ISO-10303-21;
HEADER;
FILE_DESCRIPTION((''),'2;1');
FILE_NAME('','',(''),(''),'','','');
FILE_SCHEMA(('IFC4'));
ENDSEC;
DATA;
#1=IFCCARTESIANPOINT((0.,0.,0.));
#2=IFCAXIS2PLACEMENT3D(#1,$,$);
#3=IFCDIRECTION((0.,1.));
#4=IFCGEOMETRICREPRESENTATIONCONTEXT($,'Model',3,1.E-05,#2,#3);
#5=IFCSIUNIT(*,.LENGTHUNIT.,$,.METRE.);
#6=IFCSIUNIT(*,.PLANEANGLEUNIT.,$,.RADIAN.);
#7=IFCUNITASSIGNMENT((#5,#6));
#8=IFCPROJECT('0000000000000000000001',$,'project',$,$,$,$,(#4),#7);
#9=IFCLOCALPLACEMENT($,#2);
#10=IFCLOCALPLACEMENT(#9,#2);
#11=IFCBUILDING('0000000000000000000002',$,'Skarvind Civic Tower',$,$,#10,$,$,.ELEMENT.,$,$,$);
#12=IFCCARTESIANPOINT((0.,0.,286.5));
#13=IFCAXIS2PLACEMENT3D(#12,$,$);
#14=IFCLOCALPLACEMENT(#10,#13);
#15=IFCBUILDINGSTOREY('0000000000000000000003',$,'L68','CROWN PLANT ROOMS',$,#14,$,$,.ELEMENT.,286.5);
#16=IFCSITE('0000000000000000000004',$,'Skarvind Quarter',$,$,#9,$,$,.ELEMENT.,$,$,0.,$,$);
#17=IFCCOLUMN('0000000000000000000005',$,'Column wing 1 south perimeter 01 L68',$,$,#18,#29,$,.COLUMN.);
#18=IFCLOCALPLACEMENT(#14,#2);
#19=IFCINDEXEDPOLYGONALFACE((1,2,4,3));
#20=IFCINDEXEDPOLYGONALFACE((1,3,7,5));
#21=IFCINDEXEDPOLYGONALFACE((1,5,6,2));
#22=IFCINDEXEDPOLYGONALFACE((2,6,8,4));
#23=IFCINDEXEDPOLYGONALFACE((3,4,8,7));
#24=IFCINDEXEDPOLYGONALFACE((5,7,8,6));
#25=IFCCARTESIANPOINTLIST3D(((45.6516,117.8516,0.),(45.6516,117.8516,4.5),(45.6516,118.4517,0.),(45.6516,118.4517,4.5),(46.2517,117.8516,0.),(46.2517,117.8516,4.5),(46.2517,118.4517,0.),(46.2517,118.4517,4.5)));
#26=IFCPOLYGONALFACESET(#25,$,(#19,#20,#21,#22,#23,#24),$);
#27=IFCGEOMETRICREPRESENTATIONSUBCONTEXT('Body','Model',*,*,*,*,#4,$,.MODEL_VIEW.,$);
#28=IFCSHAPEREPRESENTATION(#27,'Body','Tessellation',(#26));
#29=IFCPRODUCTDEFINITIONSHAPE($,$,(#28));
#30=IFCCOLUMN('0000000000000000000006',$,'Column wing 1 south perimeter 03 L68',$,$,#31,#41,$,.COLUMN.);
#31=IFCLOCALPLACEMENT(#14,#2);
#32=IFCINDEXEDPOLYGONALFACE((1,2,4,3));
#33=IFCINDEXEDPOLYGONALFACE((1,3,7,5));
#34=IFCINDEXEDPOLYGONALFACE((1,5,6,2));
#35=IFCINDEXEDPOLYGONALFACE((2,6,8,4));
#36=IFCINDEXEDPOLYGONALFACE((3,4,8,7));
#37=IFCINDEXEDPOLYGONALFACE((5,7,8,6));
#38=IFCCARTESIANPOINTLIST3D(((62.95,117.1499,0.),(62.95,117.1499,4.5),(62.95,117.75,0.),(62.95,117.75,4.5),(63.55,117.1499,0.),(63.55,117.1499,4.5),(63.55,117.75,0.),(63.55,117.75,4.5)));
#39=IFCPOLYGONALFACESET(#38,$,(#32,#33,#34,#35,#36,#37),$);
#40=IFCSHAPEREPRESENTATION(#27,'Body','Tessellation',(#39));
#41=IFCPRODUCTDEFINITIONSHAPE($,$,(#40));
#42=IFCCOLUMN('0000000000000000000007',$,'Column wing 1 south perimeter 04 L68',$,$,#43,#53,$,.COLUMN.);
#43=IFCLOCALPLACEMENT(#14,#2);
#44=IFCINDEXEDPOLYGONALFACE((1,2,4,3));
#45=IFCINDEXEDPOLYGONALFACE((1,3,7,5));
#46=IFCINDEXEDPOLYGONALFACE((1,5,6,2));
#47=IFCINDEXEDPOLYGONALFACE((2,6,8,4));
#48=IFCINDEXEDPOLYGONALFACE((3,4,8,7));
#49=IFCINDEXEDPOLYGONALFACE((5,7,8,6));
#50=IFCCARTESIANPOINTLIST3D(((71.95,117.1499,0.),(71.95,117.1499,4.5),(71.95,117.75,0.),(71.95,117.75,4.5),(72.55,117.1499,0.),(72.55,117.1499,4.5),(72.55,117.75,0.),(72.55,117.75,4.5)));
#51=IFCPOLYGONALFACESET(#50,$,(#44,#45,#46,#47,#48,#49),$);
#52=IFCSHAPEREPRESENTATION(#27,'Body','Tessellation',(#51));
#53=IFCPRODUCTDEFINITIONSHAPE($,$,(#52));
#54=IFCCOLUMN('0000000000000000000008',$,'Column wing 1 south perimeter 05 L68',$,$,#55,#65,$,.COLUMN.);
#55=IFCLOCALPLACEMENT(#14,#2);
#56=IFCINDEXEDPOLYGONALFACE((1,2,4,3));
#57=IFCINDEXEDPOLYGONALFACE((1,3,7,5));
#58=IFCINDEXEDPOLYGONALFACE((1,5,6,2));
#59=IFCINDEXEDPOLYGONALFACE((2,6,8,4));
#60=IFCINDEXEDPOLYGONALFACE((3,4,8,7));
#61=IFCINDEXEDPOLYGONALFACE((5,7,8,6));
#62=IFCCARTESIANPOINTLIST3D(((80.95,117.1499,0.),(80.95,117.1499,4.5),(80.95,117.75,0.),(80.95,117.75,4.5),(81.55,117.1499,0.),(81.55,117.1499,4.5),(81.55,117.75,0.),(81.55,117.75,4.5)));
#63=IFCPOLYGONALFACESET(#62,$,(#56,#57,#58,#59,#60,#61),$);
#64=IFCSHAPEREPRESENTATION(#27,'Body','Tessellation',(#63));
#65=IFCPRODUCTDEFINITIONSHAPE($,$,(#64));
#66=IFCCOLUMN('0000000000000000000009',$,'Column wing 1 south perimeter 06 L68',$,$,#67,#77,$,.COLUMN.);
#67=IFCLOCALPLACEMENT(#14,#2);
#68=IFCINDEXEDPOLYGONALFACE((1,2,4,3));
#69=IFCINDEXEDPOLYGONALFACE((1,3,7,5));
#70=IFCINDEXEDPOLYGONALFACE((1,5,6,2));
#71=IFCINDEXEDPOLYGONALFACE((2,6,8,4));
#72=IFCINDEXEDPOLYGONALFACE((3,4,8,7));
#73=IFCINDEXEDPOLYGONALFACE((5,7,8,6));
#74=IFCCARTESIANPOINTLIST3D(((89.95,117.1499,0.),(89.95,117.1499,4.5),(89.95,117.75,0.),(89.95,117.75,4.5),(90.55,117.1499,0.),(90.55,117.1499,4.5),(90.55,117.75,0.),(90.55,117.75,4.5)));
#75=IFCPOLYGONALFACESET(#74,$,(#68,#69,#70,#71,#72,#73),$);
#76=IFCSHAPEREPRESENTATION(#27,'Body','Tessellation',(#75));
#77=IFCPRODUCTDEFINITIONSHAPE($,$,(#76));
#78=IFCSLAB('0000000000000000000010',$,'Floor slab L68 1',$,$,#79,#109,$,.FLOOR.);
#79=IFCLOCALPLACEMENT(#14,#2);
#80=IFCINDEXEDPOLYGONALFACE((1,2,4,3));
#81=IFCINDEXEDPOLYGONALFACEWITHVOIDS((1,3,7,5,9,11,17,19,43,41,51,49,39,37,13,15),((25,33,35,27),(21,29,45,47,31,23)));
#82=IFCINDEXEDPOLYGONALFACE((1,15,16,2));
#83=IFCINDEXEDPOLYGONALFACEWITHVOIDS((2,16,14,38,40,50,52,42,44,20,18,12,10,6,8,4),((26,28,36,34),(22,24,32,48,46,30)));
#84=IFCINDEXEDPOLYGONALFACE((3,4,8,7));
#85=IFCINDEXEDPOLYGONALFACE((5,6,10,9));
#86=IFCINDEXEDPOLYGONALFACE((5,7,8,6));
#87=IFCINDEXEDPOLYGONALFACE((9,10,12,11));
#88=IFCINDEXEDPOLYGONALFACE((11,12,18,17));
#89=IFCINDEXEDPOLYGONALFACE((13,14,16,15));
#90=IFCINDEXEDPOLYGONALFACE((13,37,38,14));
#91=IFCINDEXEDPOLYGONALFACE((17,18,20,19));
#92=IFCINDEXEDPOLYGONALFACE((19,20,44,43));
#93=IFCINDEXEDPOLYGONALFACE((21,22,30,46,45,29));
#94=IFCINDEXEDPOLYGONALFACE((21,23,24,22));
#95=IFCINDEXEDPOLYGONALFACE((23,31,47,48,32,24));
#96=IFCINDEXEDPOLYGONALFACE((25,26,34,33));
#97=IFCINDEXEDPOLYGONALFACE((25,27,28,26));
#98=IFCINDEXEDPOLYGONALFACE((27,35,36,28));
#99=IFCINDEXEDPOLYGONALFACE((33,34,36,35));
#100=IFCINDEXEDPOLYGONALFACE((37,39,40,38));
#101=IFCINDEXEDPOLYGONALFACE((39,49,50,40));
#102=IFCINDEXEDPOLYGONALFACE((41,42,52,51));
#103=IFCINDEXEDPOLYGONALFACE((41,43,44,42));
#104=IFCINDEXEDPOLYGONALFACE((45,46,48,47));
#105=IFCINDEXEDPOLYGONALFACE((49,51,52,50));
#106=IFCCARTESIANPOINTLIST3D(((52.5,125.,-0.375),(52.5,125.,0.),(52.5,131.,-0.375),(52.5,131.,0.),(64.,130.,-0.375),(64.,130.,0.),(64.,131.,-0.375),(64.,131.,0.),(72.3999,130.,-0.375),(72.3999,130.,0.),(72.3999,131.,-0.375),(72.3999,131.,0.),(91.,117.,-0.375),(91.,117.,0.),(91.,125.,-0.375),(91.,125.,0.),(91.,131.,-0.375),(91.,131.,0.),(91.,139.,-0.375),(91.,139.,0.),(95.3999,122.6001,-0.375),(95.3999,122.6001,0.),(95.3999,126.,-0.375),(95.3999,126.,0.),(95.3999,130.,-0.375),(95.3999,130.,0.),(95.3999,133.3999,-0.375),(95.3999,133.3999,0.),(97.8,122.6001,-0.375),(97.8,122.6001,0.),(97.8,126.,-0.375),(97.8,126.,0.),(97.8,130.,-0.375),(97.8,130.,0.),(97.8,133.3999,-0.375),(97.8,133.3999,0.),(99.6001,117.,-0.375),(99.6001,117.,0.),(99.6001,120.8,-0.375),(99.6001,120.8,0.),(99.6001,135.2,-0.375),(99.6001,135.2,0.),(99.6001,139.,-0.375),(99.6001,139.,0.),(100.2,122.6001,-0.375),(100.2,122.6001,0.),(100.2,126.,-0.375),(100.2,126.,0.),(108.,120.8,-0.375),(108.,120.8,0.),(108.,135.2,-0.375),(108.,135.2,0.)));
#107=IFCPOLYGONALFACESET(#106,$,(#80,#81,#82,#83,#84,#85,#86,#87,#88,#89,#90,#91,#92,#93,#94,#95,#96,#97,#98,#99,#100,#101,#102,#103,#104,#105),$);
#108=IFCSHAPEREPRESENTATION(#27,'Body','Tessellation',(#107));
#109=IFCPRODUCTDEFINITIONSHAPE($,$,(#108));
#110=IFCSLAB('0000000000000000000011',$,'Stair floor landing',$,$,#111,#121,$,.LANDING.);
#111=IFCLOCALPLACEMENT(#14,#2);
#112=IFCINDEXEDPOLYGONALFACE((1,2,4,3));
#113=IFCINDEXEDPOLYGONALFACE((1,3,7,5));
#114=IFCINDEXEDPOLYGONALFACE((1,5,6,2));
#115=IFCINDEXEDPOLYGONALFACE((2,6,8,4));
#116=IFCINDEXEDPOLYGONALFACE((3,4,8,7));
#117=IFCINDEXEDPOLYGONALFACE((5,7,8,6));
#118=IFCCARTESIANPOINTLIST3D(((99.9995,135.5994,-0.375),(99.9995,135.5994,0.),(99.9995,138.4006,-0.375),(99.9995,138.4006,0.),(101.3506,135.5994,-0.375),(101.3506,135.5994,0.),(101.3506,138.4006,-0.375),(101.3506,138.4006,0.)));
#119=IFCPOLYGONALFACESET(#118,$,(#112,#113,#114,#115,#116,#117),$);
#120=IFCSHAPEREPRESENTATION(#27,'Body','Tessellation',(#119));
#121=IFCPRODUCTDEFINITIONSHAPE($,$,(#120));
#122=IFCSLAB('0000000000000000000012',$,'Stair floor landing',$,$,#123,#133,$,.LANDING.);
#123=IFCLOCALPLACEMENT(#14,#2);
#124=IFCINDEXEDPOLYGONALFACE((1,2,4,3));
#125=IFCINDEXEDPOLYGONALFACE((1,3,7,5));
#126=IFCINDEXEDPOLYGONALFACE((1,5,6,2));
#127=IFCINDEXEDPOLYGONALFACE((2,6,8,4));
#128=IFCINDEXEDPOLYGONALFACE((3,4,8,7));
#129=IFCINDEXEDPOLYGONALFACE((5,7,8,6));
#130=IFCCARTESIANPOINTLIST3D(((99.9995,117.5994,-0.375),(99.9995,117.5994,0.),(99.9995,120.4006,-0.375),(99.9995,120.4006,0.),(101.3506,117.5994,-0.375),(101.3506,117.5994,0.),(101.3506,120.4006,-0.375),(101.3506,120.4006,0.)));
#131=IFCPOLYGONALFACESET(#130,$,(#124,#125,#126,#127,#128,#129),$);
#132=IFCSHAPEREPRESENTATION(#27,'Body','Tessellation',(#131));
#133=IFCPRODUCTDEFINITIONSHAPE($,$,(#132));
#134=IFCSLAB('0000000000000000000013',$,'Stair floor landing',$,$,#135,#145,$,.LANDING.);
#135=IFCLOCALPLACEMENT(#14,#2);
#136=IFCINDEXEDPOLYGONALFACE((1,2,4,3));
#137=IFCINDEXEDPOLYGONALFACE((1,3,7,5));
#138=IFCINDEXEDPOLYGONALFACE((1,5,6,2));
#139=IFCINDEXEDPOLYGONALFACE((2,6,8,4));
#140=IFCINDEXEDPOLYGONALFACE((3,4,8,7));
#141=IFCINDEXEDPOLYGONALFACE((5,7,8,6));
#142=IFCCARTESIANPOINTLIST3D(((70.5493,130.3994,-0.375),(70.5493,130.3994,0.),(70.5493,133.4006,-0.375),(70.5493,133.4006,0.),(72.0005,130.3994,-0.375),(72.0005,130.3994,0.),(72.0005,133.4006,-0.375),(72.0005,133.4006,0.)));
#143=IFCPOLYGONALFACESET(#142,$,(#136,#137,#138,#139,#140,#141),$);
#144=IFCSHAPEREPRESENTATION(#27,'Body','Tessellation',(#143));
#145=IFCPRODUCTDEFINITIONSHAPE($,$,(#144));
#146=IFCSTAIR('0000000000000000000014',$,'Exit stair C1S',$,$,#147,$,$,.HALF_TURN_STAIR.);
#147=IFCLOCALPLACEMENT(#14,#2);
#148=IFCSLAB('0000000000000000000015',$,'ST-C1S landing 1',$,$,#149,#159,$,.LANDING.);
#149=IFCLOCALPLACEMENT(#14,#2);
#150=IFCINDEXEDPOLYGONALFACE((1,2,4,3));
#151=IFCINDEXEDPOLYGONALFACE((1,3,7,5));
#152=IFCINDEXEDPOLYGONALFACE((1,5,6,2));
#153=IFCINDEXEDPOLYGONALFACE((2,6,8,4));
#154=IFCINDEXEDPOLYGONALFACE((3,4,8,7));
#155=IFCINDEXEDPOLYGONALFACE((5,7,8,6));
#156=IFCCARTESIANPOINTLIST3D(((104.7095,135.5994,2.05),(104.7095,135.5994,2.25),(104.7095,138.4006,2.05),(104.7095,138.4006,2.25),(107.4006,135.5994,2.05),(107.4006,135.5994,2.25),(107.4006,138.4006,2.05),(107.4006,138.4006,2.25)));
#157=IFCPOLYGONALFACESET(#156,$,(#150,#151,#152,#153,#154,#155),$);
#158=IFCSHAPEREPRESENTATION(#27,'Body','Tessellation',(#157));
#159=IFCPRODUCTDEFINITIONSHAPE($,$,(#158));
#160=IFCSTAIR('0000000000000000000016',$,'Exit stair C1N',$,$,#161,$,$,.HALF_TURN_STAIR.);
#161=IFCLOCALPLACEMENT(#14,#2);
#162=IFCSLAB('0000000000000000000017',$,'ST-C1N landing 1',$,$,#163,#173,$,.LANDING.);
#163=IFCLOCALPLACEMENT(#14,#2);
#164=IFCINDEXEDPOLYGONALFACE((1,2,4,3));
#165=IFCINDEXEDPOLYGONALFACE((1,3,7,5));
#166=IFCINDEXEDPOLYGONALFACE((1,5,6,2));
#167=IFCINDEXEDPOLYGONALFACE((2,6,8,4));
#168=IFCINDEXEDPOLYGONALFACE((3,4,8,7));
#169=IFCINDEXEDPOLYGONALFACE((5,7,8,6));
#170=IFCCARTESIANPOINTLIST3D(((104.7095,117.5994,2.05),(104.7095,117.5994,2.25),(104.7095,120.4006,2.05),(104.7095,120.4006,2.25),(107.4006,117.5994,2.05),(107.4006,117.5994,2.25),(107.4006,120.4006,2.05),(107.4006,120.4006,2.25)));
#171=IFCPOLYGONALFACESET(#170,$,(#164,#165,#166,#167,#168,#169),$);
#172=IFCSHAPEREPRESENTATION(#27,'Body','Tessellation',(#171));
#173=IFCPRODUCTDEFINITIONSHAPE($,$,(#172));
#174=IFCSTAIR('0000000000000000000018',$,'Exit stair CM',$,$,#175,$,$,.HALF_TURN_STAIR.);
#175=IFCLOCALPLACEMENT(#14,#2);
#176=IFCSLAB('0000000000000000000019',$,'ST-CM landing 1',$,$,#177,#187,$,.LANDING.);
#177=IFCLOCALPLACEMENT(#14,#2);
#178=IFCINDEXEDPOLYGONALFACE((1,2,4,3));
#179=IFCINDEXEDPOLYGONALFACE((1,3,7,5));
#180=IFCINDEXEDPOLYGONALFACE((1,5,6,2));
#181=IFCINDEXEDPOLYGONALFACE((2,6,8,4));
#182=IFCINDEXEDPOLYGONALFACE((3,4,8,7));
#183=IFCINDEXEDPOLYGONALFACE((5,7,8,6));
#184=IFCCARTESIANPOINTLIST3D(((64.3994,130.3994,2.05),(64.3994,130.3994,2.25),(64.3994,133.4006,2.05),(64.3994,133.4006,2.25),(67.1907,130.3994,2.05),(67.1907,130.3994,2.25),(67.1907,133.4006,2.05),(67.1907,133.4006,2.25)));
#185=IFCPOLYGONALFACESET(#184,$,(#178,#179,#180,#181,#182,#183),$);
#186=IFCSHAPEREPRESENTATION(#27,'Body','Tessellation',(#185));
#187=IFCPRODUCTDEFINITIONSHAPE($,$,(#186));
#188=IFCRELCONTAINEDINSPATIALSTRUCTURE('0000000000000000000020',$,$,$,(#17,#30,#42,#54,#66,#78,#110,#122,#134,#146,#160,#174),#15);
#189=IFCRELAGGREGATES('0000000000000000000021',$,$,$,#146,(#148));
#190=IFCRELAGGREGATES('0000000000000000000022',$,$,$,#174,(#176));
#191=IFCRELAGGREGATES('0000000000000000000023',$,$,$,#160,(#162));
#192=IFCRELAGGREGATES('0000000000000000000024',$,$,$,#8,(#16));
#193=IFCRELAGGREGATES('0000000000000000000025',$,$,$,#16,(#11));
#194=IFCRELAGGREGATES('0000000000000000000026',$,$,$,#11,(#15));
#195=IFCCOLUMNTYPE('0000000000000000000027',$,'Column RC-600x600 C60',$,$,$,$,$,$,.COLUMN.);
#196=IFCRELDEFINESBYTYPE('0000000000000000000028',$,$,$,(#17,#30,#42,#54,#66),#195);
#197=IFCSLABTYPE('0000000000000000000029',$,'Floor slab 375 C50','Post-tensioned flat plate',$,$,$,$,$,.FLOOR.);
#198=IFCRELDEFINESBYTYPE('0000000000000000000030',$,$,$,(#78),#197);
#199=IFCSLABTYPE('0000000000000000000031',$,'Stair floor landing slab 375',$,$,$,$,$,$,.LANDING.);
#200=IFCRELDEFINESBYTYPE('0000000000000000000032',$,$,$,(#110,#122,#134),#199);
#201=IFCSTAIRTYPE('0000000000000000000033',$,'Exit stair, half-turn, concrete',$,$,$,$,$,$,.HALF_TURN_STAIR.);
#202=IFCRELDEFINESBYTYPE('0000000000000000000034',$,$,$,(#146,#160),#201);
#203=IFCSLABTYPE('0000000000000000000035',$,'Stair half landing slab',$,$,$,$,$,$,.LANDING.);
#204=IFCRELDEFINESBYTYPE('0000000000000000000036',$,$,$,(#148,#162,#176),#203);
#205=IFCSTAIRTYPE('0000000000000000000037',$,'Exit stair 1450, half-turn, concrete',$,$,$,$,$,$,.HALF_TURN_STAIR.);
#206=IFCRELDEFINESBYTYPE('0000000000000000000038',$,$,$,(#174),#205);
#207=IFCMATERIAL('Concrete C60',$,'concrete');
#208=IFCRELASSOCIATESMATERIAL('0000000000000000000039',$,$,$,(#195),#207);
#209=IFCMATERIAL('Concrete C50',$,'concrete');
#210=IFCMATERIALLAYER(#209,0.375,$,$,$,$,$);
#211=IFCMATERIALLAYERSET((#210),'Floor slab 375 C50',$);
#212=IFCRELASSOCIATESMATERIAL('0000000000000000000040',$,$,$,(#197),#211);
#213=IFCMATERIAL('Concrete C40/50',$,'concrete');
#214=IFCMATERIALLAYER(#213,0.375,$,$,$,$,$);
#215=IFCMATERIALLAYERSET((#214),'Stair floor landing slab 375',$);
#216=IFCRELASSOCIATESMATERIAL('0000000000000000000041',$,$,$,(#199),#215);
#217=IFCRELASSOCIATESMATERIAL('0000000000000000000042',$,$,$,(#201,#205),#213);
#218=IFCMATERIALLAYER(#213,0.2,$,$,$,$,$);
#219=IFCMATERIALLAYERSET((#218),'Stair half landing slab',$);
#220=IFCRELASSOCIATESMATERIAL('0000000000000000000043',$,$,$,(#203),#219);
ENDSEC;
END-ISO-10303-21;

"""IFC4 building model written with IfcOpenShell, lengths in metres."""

from ifc_helpers import new_model, si_unit, direction, frame, origin, origin_2d, place, context, subcontext, project, spatial, polyline, rectangle, outline, extrude, material, layer, layer_set, material_profile, profile_set, type_object, element, aggregate, save


model = new_model("IFC4")

# Units and contexts
model_context = context("Model", 3, precision=1e-05, world=origin(), true_north=direction((0.0, 1.0)))
body_context = subcontext(model_context, "Body", "Model", "MODEL_VIEW")
ifc_project = project(units=[si_unit("LENGTHUNIT", "METRE"), si_unit("PLANEANGLEUNIT", "RADIAN")], contexts=[model_context])

# Site, building, storey
site_placement = place(None, origin())
site = spatial("IfcSite", under=ifc_project, at=site_placement, Name="Skarvind Quarter", CompositionType="ELEMENT", RefElevation=0.0)
building_placement = place(site_placement, origin())
building = spatial("IfcBuilding", under=site, at=building_placement, Name="Skarvind Civic Tower", CompositionType="ELEMENT")
storey_placement = place(building_placement, frame((0.0, 0.0, 286.5)))
storey = spatial("IfcBuildingStorey", under=building, at=storey_placement, Name="L68", Description="CROWN PLANT ROOMS", CompositionType="ELEMENT", Elevation=286.5)

# Columns
ifc_material_1 = material(Name="Concrete C60", Category="concrete")
ifc_material_profile = material_profile(ifc_material_1, rectangle(XDim=0.6001, YDim=0.6001, at=origin_2d()), Name="RC-600x600")
ifc_profile_set = profile_set([ifc_material_profile], Name="Concrete C60")
column_type = type_object("IfcColumnType", Name="Column RC-600x600 C60", PredefinedType="COLUMN", material=ifc_profile_set)
for number, where, z_axis, x_axis, name in (
    (1, (45.9517, 118.1516, 0.0), (0.0, 0.0, 1.0), (1.0, 0.0, 0.0), "Column wing 1 south perimeter 01 L68"),
    (2, (63.25, 117.45, 0.0), (0.0, 0.0, 1.0), (1.0, 0.0, 0.0), "Column wing 1 south perimeter 03 L68"),
    (3, (72.25, 117.45, 0.0), (0.0, 0.0, 1.0), (1.0, 0.0, 0.0), "Column wing 1 south perimeter 04 L68"),
    (4, (81.25, 117.45, 0.0), (0.0, 0.0, 1.0), (1.0, 0.0, 0.0), "Column wing 1 south perimeter 05 L68"),
    (5, (90.25, 117.45, 0.0), (0.0, 0.0, 1.0), (1.0, 0.0, 0.0), "Column wing 1 south perimeter 06 L68"),
):
    element("IfcColumn", number, at=place(storey_placement, frame(where, z_axis=z_axis, x_axis=x_axis)), inside=storey, type_object=column_type, Name=name, PredefinedType="COLUMN", context=body_context, shape_type="SweptSolid", body=[
        extrude(rectangle(XDim=0.6001, YDim=0.6001, at=origin_2d()), origin(), (0.0, 0.0, 1.0), 4.5),
    ])

# Slabs
ifc_material_2 = material(Name="Concrete C50", Category="concrete")
ifc_layer_1 = layer(ifc_material_2, 0.375)
ifc_layer_set_1 = layer_set([ifc_layer_1], Name="Floor slab 375 C50")
slab_type_1 = type_object("IfcSlabType", Name="Floor slab 375 C50", Description="Post-tensioned flat plate", PredefinedType="FLOOR", material=ifc_layer_set_1)
slab_1_placement = place(storey_placement, frame((0.0, 0.0, -0.375)))
element("IfcSlab", 6, at=slab_1_placement, inside=storey, type_object=slab_type_1, Name="Floor slab L68 1", PredefinedType="FLOOR", context=body_context, shape_type="SweptSolid", body=[
    extrude(outline(polyline([(99.6001, 117.0), (99.6001, 120.8), (108.0, 120.8), (108.0, 135.2), (99.6001, 135.2), (99.6001, 139.0), (91.0, 139.0), (91.0, 131.0), (72.3999, 131.0), (72.3999, 130.0), (64.0, 130.0), (64.0, 131.0), (52.5, 131.0), (52.5, 125.0), (91.0, 125.0), (91.0, 117.0), (99.6001, 117.0)]), holes=[polyline([(97.8, 126.0), (100.2, 126.0), (100.2, 122.6001), (97.8, 122.6001), (95.3999, 122.6001), (95.3999, 126.0), (97.8, 126.0)]), polyline([(95.3999, 130.0), (95.3999, 133.3999), (97.8, 133.3999), (97.8, 130.0), (95.3999, 130.0)])]), origin(), (0.0, 0.0, 1.0), 0.375),
])
ifc_material_3 = material(Name="Concrete C40/50", Category="concrete")
ifc_layer_2 = layer(ifc_material_3, 0.375)
ifc_layer_set_2 = layer_set([ifc_layer_2], Name="Stair floor landing slab 375")
slab_type_2 = type_object("IfcSlabType", Name="Stair floor landing slab 375", PredefinedType="LANDING", material=ifc_layer_set_2)
slab_2_placement = place(storey_placement, frame((0.0, 0.0, -0.375)))
element("IfcSlab", 7, at=slab_2_placement, inside=storey, type_object=slab_type_2, Name="Stair floor landing", PredefinedType="LANDING", context=body_context, shape_type="SweptSolid", body=[
    extrude(outline(polyline([(101.3506, 138.4006), (101.3506, 135.5994), (99.9995, 135.5994), (99.9995, 138.4006), (101.3506, 138.4006)])), origin(), (0.0, 0.0, 1.0), 0.375),
])
slab_3_placement = place(storey_placement, frame((0.0, 0.0, -0.375)))
element("IfcSlab", 8, at=slab_3_placement, inside=storey, type_object=slab_type_2, Name="Stair floor landing", PredefinedType="LANDING", context=body_context, shape_type="SweptSolid", body=[
    extrude(outline(polyline([(101.3506, 120.4006), (101.3506, 117.5994), (99.9995, 117.5994), (99.9995, 120.4006), (101.3506, 120.4006)])), origin(), (0.0, 0.0, 1.0), 0.375),
])
slab_4_placement = place(storey_placement, frame((0.0, 0.0, -0.375)))
element("IfcSlab", 9, at=slab_4_placement, inside=storey, type_object=slab_type_2, Name="Stair floor landing", PredefinedType="LANDING", context=body_context, shape_type="SweptSolid", body=[
    extrude(outline(polyline([(70.5493, 130.3994), (70.5493, 133.4006), (72.0005, 133.4006), (72.0005, 130.3994), (70.5493, 130.3994)])), origin(), (0.0, 0.0, 1.0), 0.375),
])

# Stairs, slabs
stair_type_1 = type_object("IfcStairType", Name="Exit stair, half-turn, concrete", PredefinedType="HALF_TURN_STAIR", material=ifc_material_3)
stair_1_placement = place(storey_placement, origin())
stair_1 = element("IfcStair", 10, at=stair_1_placement, inside=storey, type_object=stair_type_1, Name="Exit stair C1S", PredefinedType="HALF_TURN_STAIR")
ifc_layer_3 = layer(ifc_material_3, 0.2)
ifc_layer_set_3 = layer_set([ifc_layer_3], Name="Stair half landing slab")
slab_type_3 = type_object("IfcSlabType", Name="Stair half landing slab", PredefinedType="LANDING", material=ifc_layer_set_3)
slab_5_placement = place(storey_placement, frame((0.0, 0.0, 2.05)))
slab_5 = element("IfcSlab", 11, at=slab_5_placement, type_object=slab_type_3, Name="ST-C1S landing 1", PredefinedType="LANDING", context=body_context, shape_type="SweptSolid", body=[
    extrude(outline(polyline([(104.7095, 135.5994), (104.7095, 138.4006), (107.4006, 138.4006), (107.4006, 135.5994), (104.7095, 135.5994)])), origin(), (0.0, 0.0, 1.0), 0.2),
])
aggregate(stair_1, [slab_5])
stair_2_placement = place(storey_placement, origin())
stair_2 = element("IfcStair", 12, at=stair_2_placement, inside=storey, type_object=stair_type_1, Name="Exit stair C1N", PredefinedType="HALF_TURN_STAIR")
slab_6_placement = place(storey_placement, frame((0.0, 0.0, 2.05)))
slab_6 = element("IfcSlab", 13, at=slab_6_placement, type_object=slab_type_3, Name="ST-C1N landing 1", PredefinedType="LANDING", context=body_context, shape_type="SweptSolid", body=[
    extrude(outline(polyline([(104.7095, 117.5994), (104.7095, 120.4006), (107.4006, 120.4006), (107.4006, 117.5994), (104.7095, 117.5994)])), origin(), (0.0, 0.0, 1.0), 0.2),
])
stair_type_2 = type_object("IfcStairType", Name="Exit stair 1450, half-turn, concrete", PredefinedType="HALF_TURN_STAIR", material=ifc_material_3)
stair_3_placement = place(storey_placement, origin())
stair_3 = element("IfcStair", 14, at=stair_3_placement, inside=storey, type_object=stair_type_2, Name="Exit stair CM", PredefinedType="HALF_TURN_STAIR")
slab_7_placement = place(storey_placement, frame((0.0, 0.0, 2.05)))
slab_7 = element("IfcSlab", 15, at=slab_7_placement, type_object=slab_type_3, Name="ST-CM landing 1", PredefinedType="LANDING", context=body_context, shape_type="SweptSolid", body=[
    extrude(outline(polyline([(67.1907, 133.4006), (67.1907, 130.3994), (64.3994, 130.3994), (64.3994, 133.4006), (67.1907, 133.4006)])), origin(), (0.0, 0.0, 1.0), 0.2),
])
aggregate(stair_3, [slab_7])

aggregate(stair_2, [slab_6])

save(model, "model.ifc")
